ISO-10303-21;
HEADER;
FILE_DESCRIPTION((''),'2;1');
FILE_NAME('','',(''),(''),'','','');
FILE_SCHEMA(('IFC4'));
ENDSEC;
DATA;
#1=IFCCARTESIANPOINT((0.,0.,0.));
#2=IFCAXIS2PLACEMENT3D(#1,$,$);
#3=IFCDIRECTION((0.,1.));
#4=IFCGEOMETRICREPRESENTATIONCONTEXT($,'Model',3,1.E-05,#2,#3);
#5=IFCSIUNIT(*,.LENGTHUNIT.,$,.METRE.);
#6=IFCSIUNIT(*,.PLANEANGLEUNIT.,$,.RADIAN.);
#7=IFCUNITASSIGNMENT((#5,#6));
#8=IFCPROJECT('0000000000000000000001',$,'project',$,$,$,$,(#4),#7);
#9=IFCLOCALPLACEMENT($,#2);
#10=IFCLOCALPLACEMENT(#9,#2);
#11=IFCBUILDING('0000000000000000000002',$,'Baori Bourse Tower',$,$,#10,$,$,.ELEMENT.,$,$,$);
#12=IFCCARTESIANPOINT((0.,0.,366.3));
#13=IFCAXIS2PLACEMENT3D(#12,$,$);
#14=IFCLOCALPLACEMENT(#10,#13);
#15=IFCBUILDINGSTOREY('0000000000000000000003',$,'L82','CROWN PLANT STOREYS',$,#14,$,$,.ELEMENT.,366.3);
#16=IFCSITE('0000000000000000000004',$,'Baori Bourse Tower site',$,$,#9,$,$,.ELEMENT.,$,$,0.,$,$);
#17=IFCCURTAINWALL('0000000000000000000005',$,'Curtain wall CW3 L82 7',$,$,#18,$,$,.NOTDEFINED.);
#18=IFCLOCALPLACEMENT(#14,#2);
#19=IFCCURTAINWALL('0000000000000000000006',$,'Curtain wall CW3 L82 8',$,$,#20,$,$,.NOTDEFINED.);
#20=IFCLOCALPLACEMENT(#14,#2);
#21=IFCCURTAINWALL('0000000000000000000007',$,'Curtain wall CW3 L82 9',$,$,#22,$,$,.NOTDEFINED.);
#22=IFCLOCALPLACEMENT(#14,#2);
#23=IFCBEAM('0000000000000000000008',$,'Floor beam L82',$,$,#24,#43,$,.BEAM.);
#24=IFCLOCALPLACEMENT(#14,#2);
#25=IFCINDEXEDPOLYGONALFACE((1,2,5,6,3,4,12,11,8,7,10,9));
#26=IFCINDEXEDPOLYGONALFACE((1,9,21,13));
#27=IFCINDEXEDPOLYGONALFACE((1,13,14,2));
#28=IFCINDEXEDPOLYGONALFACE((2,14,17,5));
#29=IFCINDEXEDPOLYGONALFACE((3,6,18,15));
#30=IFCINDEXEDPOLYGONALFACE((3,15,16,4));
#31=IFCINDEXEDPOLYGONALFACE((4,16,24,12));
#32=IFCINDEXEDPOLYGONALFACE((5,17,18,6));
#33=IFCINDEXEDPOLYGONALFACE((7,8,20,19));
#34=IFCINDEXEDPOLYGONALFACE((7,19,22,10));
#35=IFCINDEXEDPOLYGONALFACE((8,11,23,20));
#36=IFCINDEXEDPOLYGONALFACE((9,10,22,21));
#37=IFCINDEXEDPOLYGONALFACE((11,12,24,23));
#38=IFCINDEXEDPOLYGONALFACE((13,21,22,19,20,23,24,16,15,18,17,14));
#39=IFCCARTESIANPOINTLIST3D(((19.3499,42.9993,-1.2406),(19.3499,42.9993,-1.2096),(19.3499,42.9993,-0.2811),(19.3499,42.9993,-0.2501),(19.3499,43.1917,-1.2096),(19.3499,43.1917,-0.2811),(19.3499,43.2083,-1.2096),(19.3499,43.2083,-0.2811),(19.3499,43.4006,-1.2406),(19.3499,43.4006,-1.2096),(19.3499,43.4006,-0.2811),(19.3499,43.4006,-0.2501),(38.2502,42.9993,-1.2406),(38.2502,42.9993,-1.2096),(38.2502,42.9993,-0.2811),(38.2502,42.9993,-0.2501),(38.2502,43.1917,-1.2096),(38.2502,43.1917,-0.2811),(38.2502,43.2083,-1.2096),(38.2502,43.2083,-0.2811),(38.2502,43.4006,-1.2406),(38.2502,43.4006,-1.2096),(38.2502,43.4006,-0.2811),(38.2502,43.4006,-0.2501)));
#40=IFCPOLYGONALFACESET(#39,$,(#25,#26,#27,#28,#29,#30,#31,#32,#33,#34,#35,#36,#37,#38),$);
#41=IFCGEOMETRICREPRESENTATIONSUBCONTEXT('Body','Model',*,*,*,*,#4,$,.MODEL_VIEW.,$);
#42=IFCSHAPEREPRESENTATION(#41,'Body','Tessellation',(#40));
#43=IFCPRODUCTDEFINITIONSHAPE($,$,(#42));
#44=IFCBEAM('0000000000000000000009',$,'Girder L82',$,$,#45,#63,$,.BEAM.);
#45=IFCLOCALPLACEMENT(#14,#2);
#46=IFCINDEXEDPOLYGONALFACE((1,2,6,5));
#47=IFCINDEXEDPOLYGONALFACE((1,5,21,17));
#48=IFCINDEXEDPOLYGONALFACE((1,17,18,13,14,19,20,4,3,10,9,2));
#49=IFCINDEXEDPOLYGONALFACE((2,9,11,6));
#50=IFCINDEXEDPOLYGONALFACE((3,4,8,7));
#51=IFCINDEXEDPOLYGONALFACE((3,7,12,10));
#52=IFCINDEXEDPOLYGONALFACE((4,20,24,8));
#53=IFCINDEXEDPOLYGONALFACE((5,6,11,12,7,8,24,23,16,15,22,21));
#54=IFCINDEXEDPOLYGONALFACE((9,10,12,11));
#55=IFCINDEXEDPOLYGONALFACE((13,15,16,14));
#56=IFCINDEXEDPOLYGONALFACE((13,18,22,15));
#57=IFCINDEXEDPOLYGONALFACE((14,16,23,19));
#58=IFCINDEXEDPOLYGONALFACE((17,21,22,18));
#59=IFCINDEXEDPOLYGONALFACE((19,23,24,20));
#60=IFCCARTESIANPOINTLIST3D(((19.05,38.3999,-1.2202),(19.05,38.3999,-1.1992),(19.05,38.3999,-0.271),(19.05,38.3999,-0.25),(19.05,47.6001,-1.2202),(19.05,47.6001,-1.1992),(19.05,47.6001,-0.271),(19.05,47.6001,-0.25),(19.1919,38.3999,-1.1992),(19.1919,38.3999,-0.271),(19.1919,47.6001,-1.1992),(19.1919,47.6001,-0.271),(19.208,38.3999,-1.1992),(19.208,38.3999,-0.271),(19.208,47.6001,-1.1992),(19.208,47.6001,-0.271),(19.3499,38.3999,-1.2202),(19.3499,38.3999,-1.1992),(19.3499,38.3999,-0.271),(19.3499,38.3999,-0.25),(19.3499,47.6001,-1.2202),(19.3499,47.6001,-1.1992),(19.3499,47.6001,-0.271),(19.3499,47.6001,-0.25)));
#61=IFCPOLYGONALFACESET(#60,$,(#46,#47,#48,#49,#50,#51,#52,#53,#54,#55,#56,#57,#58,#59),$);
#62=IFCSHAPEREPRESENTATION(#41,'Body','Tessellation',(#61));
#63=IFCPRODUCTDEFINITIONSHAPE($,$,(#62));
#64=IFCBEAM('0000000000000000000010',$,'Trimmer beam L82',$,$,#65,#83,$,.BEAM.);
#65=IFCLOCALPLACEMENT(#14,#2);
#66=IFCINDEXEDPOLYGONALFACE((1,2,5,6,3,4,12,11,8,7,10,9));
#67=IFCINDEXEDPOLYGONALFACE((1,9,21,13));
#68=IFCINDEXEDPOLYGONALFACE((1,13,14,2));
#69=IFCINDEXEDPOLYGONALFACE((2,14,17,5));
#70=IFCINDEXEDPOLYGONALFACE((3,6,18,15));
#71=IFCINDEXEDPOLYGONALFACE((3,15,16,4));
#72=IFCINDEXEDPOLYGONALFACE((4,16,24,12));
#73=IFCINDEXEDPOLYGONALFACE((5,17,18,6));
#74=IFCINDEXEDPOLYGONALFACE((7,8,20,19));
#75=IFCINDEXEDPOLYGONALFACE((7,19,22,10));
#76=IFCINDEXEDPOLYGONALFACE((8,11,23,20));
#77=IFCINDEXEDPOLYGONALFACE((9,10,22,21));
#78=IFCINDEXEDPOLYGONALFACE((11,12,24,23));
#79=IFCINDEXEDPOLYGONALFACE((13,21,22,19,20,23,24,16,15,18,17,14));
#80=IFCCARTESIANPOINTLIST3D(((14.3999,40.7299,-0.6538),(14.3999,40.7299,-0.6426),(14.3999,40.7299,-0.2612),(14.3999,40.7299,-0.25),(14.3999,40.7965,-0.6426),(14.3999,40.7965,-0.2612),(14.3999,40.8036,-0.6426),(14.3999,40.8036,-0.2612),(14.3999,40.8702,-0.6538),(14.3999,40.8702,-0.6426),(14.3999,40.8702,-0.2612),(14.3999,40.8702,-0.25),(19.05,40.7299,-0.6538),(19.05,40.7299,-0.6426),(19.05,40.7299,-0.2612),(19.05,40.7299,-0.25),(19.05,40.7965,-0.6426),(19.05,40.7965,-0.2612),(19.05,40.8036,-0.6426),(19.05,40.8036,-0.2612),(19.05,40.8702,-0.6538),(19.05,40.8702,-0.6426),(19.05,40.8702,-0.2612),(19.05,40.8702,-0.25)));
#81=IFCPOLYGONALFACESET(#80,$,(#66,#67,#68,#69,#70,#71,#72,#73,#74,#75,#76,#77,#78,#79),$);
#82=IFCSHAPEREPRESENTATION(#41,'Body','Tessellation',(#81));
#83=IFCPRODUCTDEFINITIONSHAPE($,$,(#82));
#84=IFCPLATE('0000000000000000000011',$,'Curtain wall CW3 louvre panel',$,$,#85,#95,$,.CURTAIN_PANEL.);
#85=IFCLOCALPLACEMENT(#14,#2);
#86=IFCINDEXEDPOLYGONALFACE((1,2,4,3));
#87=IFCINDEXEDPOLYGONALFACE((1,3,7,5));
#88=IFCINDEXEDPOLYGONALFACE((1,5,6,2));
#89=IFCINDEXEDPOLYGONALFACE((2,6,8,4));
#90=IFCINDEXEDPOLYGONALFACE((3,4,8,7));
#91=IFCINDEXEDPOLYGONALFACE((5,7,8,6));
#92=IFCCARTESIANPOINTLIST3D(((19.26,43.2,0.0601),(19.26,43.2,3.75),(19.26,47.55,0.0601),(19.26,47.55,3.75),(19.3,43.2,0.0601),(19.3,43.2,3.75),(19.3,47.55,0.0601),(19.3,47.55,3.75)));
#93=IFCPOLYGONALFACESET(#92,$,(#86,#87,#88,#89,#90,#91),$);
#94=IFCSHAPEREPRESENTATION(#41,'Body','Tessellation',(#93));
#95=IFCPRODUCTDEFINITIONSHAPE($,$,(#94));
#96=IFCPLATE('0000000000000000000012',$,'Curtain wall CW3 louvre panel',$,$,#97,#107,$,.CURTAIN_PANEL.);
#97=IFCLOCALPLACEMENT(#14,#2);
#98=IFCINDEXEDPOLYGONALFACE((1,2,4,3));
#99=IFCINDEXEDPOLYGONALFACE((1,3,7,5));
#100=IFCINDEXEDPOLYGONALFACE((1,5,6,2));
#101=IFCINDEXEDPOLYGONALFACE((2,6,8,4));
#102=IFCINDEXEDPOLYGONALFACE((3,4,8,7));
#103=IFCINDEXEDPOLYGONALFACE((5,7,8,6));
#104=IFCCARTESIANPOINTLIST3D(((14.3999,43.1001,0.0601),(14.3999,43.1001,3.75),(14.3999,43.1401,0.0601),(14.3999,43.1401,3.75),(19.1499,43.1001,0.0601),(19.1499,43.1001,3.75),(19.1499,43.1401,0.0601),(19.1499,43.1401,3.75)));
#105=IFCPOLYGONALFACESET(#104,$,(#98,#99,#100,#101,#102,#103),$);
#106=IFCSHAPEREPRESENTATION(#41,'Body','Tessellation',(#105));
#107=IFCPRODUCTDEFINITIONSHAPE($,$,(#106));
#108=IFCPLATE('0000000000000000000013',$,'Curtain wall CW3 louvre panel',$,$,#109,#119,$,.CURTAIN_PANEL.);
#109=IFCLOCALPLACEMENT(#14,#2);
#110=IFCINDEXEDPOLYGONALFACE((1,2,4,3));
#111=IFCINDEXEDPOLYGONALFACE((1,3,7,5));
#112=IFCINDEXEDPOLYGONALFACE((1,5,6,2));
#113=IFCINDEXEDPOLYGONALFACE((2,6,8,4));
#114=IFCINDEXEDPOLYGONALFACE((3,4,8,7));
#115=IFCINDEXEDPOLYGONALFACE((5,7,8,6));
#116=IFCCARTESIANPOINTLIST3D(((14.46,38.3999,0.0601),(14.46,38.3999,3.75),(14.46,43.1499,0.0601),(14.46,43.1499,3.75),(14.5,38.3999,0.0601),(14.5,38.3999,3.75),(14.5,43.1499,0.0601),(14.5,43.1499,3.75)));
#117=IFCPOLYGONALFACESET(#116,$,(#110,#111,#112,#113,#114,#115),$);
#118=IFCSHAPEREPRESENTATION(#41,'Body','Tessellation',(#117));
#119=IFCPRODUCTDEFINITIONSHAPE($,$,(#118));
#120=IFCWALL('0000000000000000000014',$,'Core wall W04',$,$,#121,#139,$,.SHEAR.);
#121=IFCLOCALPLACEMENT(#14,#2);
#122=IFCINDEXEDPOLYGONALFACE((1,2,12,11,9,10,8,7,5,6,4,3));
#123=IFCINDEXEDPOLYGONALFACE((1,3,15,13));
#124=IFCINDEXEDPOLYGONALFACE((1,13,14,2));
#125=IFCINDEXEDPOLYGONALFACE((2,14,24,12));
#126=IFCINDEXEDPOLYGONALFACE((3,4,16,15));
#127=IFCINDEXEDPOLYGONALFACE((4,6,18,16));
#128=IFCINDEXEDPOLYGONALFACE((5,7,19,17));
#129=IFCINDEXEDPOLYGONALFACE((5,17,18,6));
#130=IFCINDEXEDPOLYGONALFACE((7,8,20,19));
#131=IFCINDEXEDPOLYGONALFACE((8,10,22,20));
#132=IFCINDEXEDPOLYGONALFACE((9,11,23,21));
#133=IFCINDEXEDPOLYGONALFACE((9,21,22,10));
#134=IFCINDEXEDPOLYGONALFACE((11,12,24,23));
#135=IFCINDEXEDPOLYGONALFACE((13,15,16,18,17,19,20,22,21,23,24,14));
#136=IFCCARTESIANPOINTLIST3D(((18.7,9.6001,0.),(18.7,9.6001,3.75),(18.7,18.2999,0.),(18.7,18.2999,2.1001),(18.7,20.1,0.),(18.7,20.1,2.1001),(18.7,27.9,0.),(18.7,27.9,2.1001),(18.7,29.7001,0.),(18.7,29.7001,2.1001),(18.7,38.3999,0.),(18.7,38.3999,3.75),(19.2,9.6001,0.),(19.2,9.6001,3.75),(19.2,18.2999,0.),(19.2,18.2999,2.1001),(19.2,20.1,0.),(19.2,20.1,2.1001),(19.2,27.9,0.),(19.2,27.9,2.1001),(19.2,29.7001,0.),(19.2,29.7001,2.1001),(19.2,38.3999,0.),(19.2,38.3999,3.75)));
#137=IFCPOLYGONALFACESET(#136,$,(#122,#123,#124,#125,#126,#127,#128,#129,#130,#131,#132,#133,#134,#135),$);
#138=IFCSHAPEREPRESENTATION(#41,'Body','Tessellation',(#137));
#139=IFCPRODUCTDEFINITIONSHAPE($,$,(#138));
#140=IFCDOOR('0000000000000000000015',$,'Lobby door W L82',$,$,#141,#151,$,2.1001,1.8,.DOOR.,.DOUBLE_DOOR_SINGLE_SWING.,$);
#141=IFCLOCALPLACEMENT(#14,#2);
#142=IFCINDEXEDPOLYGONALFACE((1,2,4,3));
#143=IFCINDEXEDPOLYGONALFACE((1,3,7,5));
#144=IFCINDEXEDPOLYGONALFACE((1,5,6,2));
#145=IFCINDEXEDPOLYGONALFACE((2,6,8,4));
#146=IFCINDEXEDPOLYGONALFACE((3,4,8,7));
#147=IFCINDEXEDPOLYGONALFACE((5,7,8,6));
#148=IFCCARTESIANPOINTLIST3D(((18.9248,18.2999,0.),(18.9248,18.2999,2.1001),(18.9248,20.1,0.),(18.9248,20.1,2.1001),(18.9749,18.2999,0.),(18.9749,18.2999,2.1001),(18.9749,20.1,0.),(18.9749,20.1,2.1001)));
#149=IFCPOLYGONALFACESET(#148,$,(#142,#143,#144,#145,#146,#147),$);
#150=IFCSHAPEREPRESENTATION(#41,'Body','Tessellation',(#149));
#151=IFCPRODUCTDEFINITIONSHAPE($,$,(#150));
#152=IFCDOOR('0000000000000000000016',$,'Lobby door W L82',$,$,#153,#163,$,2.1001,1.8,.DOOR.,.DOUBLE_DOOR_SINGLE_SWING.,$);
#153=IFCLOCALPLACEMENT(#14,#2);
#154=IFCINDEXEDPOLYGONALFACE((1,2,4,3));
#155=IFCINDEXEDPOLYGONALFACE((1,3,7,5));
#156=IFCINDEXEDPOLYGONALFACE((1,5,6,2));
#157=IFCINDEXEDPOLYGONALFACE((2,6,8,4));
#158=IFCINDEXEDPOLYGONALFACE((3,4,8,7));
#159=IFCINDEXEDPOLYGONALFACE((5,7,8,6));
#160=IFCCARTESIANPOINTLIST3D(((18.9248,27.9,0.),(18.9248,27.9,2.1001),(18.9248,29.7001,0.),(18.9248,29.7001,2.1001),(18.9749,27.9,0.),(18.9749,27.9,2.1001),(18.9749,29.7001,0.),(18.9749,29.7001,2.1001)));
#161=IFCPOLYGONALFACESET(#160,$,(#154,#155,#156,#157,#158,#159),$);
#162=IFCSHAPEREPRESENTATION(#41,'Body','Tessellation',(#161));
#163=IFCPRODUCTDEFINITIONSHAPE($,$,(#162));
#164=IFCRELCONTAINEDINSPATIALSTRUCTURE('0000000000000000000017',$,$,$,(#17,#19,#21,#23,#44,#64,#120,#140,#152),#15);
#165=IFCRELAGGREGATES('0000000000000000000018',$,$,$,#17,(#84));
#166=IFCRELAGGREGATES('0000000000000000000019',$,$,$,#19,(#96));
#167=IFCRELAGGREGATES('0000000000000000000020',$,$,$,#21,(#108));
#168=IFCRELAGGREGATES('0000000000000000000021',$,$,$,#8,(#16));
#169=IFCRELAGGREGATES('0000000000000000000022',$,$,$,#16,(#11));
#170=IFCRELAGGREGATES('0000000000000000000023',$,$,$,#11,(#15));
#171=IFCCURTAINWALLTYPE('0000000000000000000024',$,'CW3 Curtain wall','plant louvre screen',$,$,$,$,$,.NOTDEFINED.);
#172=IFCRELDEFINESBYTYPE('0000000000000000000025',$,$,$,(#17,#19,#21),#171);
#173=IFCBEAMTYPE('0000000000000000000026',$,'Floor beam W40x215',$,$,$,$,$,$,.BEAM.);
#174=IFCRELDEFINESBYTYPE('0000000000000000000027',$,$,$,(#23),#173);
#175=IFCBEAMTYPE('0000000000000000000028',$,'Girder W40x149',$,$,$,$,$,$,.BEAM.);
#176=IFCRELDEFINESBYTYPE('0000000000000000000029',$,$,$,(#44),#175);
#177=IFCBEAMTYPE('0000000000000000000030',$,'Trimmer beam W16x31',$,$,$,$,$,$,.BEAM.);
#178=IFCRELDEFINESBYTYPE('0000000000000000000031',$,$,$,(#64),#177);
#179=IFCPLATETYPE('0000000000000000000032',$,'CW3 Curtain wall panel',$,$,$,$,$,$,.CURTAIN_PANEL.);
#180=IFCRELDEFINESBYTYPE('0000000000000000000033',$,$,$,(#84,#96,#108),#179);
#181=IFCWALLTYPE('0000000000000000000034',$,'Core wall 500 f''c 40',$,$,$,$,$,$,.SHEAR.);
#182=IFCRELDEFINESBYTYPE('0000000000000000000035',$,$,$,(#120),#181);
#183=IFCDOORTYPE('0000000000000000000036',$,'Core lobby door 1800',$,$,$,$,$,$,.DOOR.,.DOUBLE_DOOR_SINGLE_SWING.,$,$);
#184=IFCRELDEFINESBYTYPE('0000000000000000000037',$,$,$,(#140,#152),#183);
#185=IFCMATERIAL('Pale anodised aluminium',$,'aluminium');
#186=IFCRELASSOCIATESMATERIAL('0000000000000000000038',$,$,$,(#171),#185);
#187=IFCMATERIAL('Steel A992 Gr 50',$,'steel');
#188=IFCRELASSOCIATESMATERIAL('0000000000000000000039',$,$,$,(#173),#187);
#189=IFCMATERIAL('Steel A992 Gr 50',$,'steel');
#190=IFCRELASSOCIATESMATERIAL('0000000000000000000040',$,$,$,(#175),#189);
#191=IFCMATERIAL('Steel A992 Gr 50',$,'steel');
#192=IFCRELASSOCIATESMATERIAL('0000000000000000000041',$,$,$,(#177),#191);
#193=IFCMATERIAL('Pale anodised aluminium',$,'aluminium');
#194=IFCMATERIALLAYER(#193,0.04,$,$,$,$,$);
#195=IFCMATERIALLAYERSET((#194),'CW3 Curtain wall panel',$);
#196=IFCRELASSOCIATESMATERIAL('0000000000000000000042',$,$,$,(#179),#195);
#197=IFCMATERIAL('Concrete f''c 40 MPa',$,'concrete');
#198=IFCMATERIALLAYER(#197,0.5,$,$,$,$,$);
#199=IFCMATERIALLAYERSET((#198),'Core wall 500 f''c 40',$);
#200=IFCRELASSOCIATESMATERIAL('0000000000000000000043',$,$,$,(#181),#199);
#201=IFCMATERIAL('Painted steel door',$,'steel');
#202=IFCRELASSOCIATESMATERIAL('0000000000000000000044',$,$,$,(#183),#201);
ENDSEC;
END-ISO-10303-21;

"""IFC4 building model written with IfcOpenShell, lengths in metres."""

from ifc_helpers import new_model, si_unit, direction, frame, frame_2d, origin, origin_2d, place, context, subcontext, project, spatial, rectangle, i_section, extrude, material, layer, layer_set, material_profile, profile_set, type_object, element, fill, aggregate, save


model = new_model("IFC4")

# Units and contexts
model_context = context("Model", 3, precision=1e-05, world=origin(), true_north=direction((0.0, 1.0)))
body_context = subcontext(model_context, "Body", "Model", "MODEL_VIEW")
ifc_project = project(units=[si_unit("LENGTHUNIT", "METRE"), si_unit("PLANEANGLEUNIT", "RADIAN")], contexts=[model_context])

# Site, building, storey
site_placement = place(None, origin())
site = spatial("IfcSite", under=ifc_project, at=site_placement, Name="Baori Bourse Tower site", CompositionType="ELEMENT", RefElevation=0.0)
building_placement = place(site_placement, origin())
building = spatial("IfcBuilding", under=site, at=building_placement, Name="Baori Bourse Tower", CompositionType="ELEMENT")
storey_placement = place(building_placement, frame((0.0, 0.0, 366.3)))
storey = spatial("IfcBuildingStorey", under=building, at=storey_placement, Name="L82", Description="CROWN PLANT STOREYS", CompositionType="ELEMENT", Elevation=366.3)

# Curtain walls
ifc_material_1 = material(Name="Pale anodised aluminium", Category="aluminium")
curtain_wall_type = type_object("IfcCurtainWallType", Name="CW3 Curtain wall", Description="plant louvre screen", PredefinedType="NOTDEFINED", material=ifc_material_1)
curtain_wall_1_placement = place(storey_placement, origin())
curtain_wall_1 = element("IfcCurtainWall", 1, at=curtain_wall_1_placement, inside=storey, type_object=curtain_wall_type, Name="Curtain wall CW3 L82 7", PredefinedType="NOTDEFINED")
curtain_wall_2_placement = place(storey_placement, origin())
curtain_wall_2 = element("IfcCurtainWall", 2, at=curtain_wall_2_placement, inside=storey, type_object=curtain_wall_type, Name="Curtain wall CW3 L82 8", PredefinedType="NOTDEFINED")
curtain_wall_3_placement = place(storey_placement, origin())
curtain_wall_3 = element("IfcCurtainWall", 3, at=curtain_wall_3_placement, inside=storey, type_object=curtain_wall_type, Name="Curtain wall CW3 L82 9", PredefinedType="NOTDEFINED")

# Beams
ifc_material_2 = material(Name="Steel A992 Gr 50", Category="steel")
ifc_material_profile_1 = material_profile(ifc_material_2, i_section(OverallWidth=0.4014, OverallDepth=0.9905, WebThickness=0.0166, FlangeThickness=0.031, at=origin_2d()), Name="W40x215")
ifc_profile_set_1 = profile_set([ifc_material_profile_1], Name="Steel A992 Gr 50")
beam_type_1 = type_object("IfcBeamType", Name="Floor beam W40x215", PredefinedType="BEAM", material=ifc_profile_set_1)
beam_1_placement = place(storey_placement, frame((19.3499, 43.2, -0.7454), z_axis=(1.0, 0.0, 0.0), x_axis=(0.0, 1.0, 0.0)))
element("IfcBeam", 4, at=beam_1_placement, inside=storey, type_object=beam_type_1, Name="Floor beam L82", PredefinedType="BEAM", context=body_context, shape_type="SweptSolid", body=[
    extrude(i_section(OverallWidth=0.4014, OverallDepth=0.9905, WebThickness=0.0166, FlangeThickness=0.031, at=origin_2d()), origin(), (0.0, 0.0, 1.0), 18.9004),
])
ifc_material_3 = material(Name="Steel A992 Gr 50", Category="steel")
ifc_material_profile_2 = material_profile(ifc_material_3, i_section(OverallWidth=0.2998, OverallDepth=0.9702, WebThickness=0.0161, FlangeThickness=0.021, at=origin_2d()), Name="W40x149")
ifc_profile_set_2 = profile_set([ifc_material_profile_2], Name="Steel A992 Gr 50")
beam_type_2 = type_object("IfcBeamType", Name="Girder W40x149", PredefinedType="BEAM", material=ifc_profile_set_2)
beam_2_placement = place(storey_placement, frame((19.2, 38.3999, -0.7351), z_axis=(0.0, 1.0, 0.0), x_axis=(-1.0, 0.0, 0.0)))
element("IfcBeam", 5, at=beam_2_placement, inside=storey, type_object=beam_type_2, Name="Girder L82", PredefinedType="BEAM", context=body_context, shape_type="SweptSolid", body=[
    extrude(i_section(OverallWidth=0.2998, OverallDepth=0.9702, WebThickness=0.0161, FlangeThickness=0.021, at=origin_2d()), origin(), (0.0, 0.0, 1.0), 9.2002),
])
ifc_material_4 = material(Name="Steel A992 Gr 50", Category="steel")
ifc_material_profile_3 = material_profile(ifc_material_4, i_section(OverallWidth=0.1404, OverallDepth=0.4038, WebThickness=0.0071, FlangeThickness=0.0112, at=origin_2d()), Name="W16x31")
ifc_profile_set_3 = profile_set([ifc_material_profile_3], Name="Steel A992 Gr 50")
beam_type_3 = type_object("IfcBeamType", Name="Trimmer beam W16x31", PredefinedType="BEAM", material=ifc_profile_set_3)
beam_3_placement = place(storey_placement, frame((14.3999, 40.8, -0.4519), z_axis=(1.0, 0.0, 0.0), x_axis=(0.0, 1.0, 0.0)))
element("IfcBeam", 6, at=beam_3_placement, inside=storey, type_object=beam_type_3, Name="Trimmer beam L82", PredefinedType="BEAM", context=body_context, shape_type="SweptSolid", body=[
    extrude(i_section(OverallWidth=0.1404, OverallDepth=0.4038, WebThickness=0.0071, FlangeThickness=0.0112, at=origin_2d()), origin(), (0.0, 0.0, 1.0), 4.6501),
])

# Plates
ifc_material_5 = material(Name="Pale anodised aluminium", Category="aluminium")
ifc_layer_1 = layer(ifc_material_5, 0.04)
ifc_layer_set_1 = layer_set([ifc_layer_1], Name="CW3 Curtain wall panel")
plate_type = type_object("IfcPlateType", Name="CW3 Curtain wall panel", PredefinedType="CURTAIN_PANEL", material=ifc_layer_set_1)
plate_1_placement = place(storey_placement, frame((19.28, 45.375, 0.0601), z_axis=(0.0, 0.0, 1.0), x_axis=(0.0, -1.0, 0.0)))
plate_1 = element("IfcPlate", 7, at=plate_1_placement, type_object=plate_type, Name="Curtain wall CW3 louvre panel", PredefinedType="CURTAIN_PANEL", context=body_context, shape_type="SweptSolid", body=[
    extrude(rectangle(XDim=4.3501, YDim=0.04, at=origin_2d()), origin(), (0.0, 0.0, 1.0), 3.6899),
])
aggregate(curtain_wall_1, [plate_1])
plate_2_placement = place(storey_placement, frame((16.7749, 43.1201, 0.0601), z_axis=(0.0, 0.0, 1.0), x_axis=(-1.0, 0.0, 0.0)))
plate_2 = element("IfcPlate", 8, at=plate_2_placement, type_object=plate_type, Name="Curtain wall CW3 louvre panel", PredefinedType="CURTAIN_PANEL", context=body_context, shape_type="SweptSolid", body=[
    extrude(rectangle(XDim=4.75, YDim=0.04, at=origin_2d()), origin(), (0.0, 0.0, 1.0), 3.6899),
])
aggregate(curtain_wall_2, [plate_2])
plate_3_placement = place(storey_placement, frame((14.48, 40.7749, 0.0601), z_axis=(0.0, 0.0, 1.0), x_axis=(0.0, -1.0, 0.0)))
plate_3 = element("IfcPlate", 9, at=plate_3_placement, type_object=plate_type, Name="Curtain wall CW3 louvre panel", PredefinedType="CURTAIN_PANEL", context=body_context, shape_type="SweptSolid", body=[
    extrude(rectangle(XDim=4.75, YDim=0.04, at=origin_2d()), origin(), (0.0, 0.0, 1.0), 3.6899),
])
aggregate(curtain_wall_3, [plate_3])

# Wall, openings, doors
ifc_material_6 = material(Name="Concrete f'c 40 MPa", Category="concrete")
ifc_layer_2 = layer(ifc_material_6, 0.5)
ifc_layer_set_2 = layer_set([ifc_layer_2], Name="Core wall 500 f'c 40")
wall_type_1 = type_object("IfcWallType", Name="Core wall 500 f'c 40", PredefinedType="SHEAR", material=ifc_layer_set_2)
wall_1_placement = place(storey_placement, frame((18.95, 38.3999, 0.0), z_axis=(0.0, 0.0, 1.0), x_axis=(0.0, -1.0, 0.0)))
wall_1 = element("IfcWall", 10, at=wall_1_placement, inside=storey, type_object=wall_type_1, Name="Core wall W04", PredefinedType="SHEAR", context=body_context, shape_type="SweptSolid", body=[
    extrude(rectangle(XDim=28.7998, YDim=0.5, at=frame_2d((14.3999, 0.0))), origin(), (0.0, 0.0, 1.0), 3.75),
])
opening_1_placement = place(wall_1_placement, frame((18.3, 0.0, 0.0)))
opening_1 = element("IfcOpeningElement", 11, at=opening_1_placement, cuts=wall_1, PredefinedType="OPENING", context=body_context, shape_type="SweptSolid", body=[
    extrude(rectangle(XDim=1.8, YDim=2.1001, at=frame_2d((0.8999, 1.05))), frame((0.0, 0.26, 0.0), z_axis=(0.0, -1.0, 0.0), x_axis=(1.0, 0.0, 0.0)), (0.0, 0.0, 1.0), 0.52),
])
opening_2_placement = place(wall_1_placement, frame((8.7, 0.0, 0.0)))
opening_2 = element("IfcOpeningElement", 12, at=opening_2_placement, cuts=wall_1, PredefinedType="OPENING", context=body_context, shape_type="SweptSolid", body=[
    extrude(rectangle(XDim=1.8, YDim=2.1001, at=frame_2d((0.8999, 1.05))), frame((0.0, 0.26, 0.0), z_axis=(0.0, -1.0, 0.0), x_axis=(1.0, 0.0, 0.0)), (0.0, 0.0, 1.0), 0.52),
])
ifc_material_7 = material(Name="Painted steel door", Category="steel")
door_type_1 = type_object("IfcDoorType", Name="Core lobby door 1800", OperationType="DOUBLE_DOOR_SINGLE_SWING", PredefinedType="DOOR", material=ifc_material_7)
door_1_placement = place(opening_1_placement, origin())
door_1 = element("IfcDoor", 13, at=door_1_placement, inside=storey, type_object=door_type_1, Name="Lobby door W L82", OperationType="DOUBLE_DOOR_SINGLE_SWING", OverallHeight=2.1001, OverallWidth=1.8, PredefinedType="DOOR", context=body_context, shape_type="SweptSolid", body=[
    extrude(rectangle(XDim=1.8, YDim=2.1001, at=frame_2d((0.8999, 1.05))), frame((0.0, 0.0249, 0.0), z_axis=(0.0, -1.0, 0.0), x_axis=(1.0, 0.0, 0.0)), (0.0, 0.0, 1.0), 0.05),
])
fill(opening_1, door_1)
door_2_placement = place(opening_2_placement, origin())
door_2 = element("IfcDoor", 14, at=door_2_placement, inside=storey, type_object=door_type_1, Name="Lobby door W L82", OperationType="DOUBLE_DOOR_SINGLE_SWING", OverallHeight=2.1001, OverallWidth=1.8, PredefinedType="DOOR", context=body_context, shape_type="SweptSolid", body=[
    extrude(rectangle(XDim=1.8, YDim=2.1001, at=frame_2d((0.8999, 1.05))), frame((0.0, 0.0249, 0.0), z_axis=(0.0, -1.0, 0.0), x_axis=(1.0, 0.0, 0.0)), (0.0, 0.0, 1.0), 0.05),
])
fill(opening_2, door_2)

save(model, "model.ifc")
